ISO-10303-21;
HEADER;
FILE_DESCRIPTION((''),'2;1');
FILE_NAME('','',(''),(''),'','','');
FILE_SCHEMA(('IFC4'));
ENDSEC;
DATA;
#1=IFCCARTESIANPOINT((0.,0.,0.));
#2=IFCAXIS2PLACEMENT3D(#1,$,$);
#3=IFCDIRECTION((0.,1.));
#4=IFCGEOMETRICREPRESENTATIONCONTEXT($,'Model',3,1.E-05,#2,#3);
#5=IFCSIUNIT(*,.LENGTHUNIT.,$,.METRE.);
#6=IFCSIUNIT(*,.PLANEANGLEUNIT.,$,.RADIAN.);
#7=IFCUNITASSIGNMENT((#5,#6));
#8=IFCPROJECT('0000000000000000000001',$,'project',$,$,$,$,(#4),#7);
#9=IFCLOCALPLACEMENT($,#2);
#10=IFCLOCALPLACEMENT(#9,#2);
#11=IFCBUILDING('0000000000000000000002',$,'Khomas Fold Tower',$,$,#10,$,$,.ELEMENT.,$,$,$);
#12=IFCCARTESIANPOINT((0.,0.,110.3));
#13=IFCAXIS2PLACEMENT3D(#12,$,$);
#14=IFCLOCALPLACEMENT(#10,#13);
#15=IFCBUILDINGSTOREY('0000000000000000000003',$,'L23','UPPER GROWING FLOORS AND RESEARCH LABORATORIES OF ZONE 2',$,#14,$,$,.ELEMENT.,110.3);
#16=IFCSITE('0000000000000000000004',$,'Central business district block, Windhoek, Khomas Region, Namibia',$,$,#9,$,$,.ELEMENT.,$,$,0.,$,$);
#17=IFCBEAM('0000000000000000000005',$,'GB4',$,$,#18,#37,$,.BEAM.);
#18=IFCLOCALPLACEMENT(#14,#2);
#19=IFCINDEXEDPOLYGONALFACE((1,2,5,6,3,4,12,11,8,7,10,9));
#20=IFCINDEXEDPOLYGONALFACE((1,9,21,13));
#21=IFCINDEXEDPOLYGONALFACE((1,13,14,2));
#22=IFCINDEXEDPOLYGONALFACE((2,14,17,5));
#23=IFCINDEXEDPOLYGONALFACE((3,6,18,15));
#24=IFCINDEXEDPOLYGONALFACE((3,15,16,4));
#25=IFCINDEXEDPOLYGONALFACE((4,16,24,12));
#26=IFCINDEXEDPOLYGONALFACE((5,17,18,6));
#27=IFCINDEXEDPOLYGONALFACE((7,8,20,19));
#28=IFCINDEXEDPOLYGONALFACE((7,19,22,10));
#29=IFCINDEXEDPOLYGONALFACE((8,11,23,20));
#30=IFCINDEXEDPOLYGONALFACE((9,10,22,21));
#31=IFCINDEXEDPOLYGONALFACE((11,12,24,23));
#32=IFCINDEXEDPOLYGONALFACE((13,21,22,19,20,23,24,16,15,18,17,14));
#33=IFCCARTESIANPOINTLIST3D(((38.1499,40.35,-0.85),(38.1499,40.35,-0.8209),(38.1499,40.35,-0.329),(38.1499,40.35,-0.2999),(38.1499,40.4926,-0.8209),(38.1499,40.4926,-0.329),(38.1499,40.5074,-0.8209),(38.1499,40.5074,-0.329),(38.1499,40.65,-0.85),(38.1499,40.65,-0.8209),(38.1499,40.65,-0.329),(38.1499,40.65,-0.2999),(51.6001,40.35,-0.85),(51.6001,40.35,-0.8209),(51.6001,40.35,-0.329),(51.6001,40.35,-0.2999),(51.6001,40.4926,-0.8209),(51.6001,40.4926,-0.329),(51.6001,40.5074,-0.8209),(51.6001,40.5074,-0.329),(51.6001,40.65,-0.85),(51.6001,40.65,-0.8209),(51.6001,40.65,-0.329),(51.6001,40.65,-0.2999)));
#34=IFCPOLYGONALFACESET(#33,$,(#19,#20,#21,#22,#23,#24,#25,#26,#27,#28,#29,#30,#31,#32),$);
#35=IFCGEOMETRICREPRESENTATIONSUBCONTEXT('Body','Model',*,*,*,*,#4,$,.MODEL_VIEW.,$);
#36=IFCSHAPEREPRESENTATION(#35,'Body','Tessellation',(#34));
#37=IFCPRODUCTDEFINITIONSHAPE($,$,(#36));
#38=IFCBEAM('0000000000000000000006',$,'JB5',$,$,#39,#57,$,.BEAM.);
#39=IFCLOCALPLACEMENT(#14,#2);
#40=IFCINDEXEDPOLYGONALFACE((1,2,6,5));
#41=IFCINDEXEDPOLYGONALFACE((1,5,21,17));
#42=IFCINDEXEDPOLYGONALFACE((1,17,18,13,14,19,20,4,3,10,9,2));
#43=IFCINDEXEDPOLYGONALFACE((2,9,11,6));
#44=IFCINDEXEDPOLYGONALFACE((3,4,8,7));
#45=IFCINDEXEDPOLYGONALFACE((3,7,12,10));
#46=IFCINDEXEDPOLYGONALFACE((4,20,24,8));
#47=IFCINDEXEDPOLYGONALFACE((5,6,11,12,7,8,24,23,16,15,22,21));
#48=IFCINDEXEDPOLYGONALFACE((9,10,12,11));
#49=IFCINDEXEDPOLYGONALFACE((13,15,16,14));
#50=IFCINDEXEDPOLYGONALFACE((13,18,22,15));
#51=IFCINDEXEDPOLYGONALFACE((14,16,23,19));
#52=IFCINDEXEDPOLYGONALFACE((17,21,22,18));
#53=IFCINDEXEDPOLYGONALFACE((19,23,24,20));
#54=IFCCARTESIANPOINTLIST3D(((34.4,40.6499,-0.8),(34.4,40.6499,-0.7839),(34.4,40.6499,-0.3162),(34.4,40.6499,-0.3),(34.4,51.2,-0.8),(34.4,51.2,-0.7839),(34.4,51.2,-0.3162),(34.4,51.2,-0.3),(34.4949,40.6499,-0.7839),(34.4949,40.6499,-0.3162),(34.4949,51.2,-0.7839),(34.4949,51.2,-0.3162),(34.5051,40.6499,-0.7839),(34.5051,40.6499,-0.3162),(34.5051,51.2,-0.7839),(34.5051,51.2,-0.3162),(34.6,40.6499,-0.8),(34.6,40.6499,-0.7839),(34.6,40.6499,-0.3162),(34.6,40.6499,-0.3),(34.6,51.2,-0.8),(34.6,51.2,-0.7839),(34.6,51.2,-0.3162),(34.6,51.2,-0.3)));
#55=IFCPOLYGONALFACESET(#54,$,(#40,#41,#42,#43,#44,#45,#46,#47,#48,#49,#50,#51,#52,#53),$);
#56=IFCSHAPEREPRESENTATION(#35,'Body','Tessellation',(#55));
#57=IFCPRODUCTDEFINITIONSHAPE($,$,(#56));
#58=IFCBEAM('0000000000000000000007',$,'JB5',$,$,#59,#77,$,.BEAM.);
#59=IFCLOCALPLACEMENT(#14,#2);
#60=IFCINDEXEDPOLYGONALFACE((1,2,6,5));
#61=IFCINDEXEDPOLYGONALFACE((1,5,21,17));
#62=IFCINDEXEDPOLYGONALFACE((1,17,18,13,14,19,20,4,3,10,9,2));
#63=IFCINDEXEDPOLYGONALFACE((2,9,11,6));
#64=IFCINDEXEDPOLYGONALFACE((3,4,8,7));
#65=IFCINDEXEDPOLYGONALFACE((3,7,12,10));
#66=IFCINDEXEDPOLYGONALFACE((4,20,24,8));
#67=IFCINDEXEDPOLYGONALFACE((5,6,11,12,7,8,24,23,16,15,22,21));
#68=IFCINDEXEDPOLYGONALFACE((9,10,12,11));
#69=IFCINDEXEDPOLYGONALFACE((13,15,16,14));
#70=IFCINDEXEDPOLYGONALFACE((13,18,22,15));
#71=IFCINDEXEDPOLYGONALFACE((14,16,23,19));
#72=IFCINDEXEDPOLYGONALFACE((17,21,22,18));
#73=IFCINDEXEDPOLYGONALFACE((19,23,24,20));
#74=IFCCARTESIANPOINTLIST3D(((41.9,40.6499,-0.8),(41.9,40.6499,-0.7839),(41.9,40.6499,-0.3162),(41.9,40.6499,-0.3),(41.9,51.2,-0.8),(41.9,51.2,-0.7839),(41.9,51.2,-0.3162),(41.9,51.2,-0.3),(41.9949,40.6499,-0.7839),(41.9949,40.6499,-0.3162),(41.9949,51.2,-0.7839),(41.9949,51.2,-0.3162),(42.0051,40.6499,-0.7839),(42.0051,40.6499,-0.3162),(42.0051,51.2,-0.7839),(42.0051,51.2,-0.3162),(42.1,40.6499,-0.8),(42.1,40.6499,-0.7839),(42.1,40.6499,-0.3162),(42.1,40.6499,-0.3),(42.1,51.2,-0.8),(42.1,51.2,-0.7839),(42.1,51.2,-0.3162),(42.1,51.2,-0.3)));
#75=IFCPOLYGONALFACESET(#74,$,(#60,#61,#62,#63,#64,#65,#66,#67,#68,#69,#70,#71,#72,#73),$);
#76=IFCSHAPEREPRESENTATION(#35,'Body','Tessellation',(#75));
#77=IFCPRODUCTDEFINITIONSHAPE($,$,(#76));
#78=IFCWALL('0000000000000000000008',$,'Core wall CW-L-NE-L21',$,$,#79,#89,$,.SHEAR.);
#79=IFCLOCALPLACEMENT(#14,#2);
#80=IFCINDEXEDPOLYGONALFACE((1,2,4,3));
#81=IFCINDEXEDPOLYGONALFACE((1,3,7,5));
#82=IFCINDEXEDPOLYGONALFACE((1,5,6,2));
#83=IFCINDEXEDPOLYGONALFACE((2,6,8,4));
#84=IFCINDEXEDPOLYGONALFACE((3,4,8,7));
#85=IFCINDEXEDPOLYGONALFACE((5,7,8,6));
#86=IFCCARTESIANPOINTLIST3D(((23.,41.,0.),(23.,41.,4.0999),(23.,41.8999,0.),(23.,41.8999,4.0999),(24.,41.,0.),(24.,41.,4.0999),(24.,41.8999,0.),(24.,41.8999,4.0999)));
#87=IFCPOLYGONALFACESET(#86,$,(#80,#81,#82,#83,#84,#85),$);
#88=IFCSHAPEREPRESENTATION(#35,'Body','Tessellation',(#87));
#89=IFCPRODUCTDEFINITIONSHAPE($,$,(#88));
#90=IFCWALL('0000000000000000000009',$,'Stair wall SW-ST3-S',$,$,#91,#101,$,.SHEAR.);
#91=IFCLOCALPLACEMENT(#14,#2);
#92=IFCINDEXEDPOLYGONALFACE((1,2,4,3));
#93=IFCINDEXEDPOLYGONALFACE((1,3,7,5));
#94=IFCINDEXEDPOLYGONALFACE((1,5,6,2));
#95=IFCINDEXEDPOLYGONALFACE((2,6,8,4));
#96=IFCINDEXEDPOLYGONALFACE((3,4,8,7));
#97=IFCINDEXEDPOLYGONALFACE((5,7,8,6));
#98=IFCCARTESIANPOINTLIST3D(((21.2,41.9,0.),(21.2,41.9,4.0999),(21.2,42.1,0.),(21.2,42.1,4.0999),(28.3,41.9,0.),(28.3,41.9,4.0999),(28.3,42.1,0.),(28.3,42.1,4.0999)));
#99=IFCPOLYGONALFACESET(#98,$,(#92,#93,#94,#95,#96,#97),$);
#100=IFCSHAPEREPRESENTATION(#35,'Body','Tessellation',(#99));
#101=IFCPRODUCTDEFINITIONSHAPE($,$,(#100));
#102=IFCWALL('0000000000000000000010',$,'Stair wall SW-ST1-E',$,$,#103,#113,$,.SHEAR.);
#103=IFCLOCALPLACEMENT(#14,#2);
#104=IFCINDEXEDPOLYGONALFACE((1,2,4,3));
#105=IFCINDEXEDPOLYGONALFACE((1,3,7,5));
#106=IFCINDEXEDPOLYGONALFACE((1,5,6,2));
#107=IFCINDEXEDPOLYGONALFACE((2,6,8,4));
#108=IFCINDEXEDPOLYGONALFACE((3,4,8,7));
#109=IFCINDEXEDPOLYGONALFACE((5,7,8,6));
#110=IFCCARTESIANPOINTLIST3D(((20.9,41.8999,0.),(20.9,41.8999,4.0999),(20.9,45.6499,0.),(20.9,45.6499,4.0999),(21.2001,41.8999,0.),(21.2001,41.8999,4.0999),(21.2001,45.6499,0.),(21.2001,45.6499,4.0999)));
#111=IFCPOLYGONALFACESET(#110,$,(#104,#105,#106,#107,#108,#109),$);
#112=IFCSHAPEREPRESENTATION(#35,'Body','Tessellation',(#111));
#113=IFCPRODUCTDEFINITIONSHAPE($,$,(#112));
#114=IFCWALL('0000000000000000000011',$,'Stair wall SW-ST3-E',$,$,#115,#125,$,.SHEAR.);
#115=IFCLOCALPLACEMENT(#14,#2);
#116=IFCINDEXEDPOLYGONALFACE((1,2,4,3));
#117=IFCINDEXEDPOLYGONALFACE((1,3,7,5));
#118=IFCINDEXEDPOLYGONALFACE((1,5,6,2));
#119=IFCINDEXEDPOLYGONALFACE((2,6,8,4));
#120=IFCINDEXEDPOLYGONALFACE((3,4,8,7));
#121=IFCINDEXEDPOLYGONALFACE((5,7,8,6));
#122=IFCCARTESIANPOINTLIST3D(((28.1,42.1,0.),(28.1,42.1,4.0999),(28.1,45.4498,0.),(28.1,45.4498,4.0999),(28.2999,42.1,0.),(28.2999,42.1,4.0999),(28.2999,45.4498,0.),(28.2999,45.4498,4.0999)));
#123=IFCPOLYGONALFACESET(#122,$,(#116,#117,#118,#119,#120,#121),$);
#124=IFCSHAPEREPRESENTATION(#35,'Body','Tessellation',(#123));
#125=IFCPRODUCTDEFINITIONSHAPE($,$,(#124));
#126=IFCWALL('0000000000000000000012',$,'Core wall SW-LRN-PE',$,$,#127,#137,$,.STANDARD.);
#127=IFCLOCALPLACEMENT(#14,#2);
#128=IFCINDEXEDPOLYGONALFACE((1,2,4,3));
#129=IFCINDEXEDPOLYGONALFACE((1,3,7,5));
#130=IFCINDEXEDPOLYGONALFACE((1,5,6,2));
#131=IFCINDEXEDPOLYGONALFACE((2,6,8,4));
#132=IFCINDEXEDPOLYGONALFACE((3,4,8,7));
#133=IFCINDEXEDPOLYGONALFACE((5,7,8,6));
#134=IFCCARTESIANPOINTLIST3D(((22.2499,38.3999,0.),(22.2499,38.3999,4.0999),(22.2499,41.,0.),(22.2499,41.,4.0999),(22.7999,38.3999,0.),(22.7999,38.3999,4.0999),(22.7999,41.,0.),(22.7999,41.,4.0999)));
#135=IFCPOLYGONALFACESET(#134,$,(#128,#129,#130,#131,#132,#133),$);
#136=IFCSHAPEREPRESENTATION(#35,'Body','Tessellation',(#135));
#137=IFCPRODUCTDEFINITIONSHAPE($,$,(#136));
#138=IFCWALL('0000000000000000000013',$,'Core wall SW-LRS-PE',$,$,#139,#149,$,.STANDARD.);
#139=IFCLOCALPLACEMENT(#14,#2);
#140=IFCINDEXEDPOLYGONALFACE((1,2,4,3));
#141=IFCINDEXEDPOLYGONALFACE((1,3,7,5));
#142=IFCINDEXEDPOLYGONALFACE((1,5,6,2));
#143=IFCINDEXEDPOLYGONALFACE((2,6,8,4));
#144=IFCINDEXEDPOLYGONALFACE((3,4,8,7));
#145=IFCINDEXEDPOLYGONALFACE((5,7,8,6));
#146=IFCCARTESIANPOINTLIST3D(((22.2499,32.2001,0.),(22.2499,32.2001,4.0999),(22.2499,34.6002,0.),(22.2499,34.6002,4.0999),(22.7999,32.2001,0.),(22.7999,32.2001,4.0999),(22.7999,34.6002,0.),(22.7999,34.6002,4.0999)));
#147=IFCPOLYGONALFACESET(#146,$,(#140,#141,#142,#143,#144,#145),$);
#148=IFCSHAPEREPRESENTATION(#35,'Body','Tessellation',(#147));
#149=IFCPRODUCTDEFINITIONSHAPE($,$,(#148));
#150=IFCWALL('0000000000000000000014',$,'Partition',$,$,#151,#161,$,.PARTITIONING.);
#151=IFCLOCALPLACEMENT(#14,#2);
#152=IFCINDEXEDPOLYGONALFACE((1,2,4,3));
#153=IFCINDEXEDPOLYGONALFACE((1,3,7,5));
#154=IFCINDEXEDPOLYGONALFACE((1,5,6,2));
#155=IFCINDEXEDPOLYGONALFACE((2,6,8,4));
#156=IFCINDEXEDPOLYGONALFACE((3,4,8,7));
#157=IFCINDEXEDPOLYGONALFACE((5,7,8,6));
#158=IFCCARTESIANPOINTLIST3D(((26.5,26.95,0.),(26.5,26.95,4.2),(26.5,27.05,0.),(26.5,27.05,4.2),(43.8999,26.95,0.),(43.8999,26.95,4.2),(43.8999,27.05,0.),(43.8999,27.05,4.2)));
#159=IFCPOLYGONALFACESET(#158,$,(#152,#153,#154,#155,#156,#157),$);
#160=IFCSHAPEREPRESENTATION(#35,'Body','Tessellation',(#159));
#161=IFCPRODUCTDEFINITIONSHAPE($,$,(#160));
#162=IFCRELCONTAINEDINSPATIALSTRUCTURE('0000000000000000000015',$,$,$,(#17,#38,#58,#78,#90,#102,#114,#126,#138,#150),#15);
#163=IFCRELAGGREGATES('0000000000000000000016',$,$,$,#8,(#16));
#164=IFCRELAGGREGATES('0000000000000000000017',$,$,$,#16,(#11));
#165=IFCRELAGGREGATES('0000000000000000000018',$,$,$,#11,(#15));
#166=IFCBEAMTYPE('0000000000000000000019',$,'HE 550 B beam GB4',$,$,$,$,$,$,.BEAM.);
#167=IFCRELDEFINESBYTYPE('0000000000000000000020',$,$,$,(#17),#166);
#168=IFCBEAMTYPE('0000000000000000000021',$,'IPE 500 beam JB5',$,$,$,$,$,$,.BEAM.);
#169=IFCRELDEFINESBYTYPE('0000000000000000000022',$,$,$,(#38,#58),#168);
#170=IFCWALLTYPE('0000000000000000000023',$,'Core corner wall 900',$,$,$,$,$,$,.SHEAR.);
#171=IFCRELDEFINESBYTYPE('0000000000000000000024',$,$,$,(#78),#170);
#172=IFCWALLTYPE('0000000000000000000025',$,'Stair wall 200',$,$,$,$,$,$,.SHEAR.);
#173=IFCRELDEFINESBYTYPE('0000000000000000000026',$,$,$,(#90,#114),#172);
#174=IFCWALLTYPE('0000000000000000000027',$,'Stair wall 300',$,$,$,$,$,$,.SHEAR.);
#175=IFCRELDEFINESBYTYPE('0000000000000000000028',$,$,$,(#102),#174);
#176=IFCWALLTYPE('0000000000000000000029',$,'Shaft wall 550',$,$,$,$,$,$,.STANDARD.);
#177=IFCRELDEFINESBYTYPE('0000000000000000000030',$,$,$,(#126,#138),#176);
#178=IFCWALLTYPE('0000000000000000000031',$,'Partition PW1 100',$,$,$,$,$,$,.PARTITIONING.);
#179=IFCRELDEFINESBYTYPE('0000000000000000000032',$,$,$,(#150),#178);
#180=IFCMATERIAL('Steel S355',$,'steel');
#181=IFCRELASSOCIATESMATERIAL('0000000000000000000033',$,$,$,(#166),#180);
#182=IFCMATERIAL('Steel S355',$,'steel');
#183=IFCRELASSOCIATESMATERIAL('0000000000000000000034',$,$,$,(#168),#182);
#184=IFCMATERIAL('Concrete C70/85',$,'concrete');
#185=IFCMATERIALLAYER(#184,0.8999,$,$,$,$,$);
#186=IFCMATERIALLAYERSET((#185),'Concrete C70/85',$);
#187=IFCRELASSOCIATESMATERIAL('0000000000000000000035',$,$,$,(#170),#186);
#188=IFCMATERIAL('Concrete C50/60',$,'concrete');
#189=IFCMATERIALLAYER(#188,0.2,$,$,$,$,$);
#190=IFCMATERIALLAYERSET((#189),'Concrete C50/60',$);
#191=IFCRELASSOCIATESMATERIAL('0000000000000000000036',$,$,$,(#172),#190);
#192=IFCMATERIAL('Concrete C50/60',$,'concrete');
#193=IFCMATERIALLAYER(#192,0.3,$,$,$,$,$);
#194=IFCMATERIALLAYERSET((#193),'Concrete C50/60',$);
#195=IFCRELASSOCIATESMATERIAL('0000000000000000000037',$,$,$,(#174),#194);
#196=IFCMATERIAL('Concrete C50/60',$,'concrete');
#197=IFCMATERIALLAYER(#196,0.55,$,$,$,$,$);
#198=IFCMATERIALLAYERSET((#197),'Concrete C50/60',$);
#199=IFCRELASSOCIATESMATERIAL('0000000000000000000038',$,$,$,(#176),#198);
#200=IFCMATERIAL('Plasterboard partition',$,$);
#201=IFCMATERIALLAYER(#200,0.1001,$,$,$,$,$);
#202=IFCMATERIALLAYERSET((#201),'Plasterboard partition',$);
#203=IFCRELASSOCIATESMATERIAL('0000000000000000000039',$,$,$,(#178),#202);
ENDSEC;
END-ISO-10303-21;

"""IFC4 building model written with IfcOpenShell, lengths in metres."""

from ifc_helpers import new_model, si_unit, direction, frame, frame_2d, origin, origin_2d, place, context, subcontext, project, spatial, rectangle, i_section, extrude, source, transform, mapped, material, layer, layer_set, material_profile, profile_set, type_object, element, save


model = new_model("IFC4")

# Units and contexts
model_context = context("Model", 3, precision=1e-05, world=origin(), true_north=direction((0.0, 1.0)))
body_context = subcontext(model_context, "Body", "Model", "MODEL_VIEW")
ifc_project = project(units=[si_unit("LENGTHUNIT", "METRE"), si_unit("PLANEANGLEUNIT", "RADIAN")], contexts=[model_context])

# Site, building, storey
site_placement = place(None, origin())
site = spatial("IfcSite", under=ifc_project, at=site_placement, Name="Central business district block, Windhoek, Khomas Region, Namibia", CompositionType="ELEMENT", RefElevation=0.0)
building_placement = place(site_placement, origin())
building = spatial("IfcBuilding", under=site, at=building_placement, Name="Khomas Fold Tower", CompositionType="ELEMENT")
storey_placement = place(building_placement, frame((0.0, 0.0, 110.3)))
storey = spatial("IfcBuildingStorey", under=building, at=storey_placement, Name="L23", Description="UPPER GROWING FLOORS AND RESEARCH LABORATORIES OF ZONE 2", CompositionType="ELEMENT", Elevation=110.3)

# Beams
ifc_material_1 = material(Name="Steel S355", Category="steel")
ifc_material_profile_1 = material_profile(ifc_material_1, i_section(OverallWidth=0.3, OverallDepth=0.55, WebThickness=0.0149, FlangeThickness=0.0291, at=origin_2d()), Name="HE 550 B")
ifc_profile_set_1 = profile_set([ifc_material_profile_1], Name="Steel S355")
beam_type_1 = type_object("IfcBeamType", Name="HE 550 B beam GB4", PredefinedType="BEAM", material=ifc_profile_set_1)
shared_shape_1 = source(origin(), body_context, "Body", "SweptSolid", [
    extrude(i_section(OverallWidth=0.3, OverallDepth=0.55, WebThickness=0.0149, FlangeThickness=0.0291, at=origin_2d()), origin(), (0.0, 0.0, 1.0), 13.4502),
])
for number, where, z_axis, x_axis, name in (
    (1, (38.1499, 40.5, -0.575), (1.0, 0.0, 0.0), (0.0, 1.0, 0.0), "GB4"),
):
    element("IfcBeam", number, at=place(storey_placement, frame(where, z_axis=z_axis, x_axis=x_axis)), inside=storey, type_object=beam_type_1, Name=name, PredefinedType="BEAM", context=body_context, shape_type="MappedRepresentation", body=[
        mapped(shared_shape_1, transform((0.0, 0.0, 0.0))),
    ])
ifc_material_2 = material(Name="Steel S355", Category="steel")
ifc_material_profile_2 = material_profile(ifc_material_2, i_section(OverallWidth=0.2, OverallDepth=0.5, WebThickness=0.0103, FlangeThickness=0.0161, at=origin_2d()), Name="IPE 500")
ifc_profile_set_2 = profile_set([ifc_material_profile_2], Name="Steel S355")
beam_type_2 = type_object("IfcBeamType", Name="IPE 500 beam JB5", PredefinedType="BEAM", material=ifc_profile_set_2)
shared_shape_2 = source(origin(), body_context, "Body", "SweptSolid", [
    extrude(i_section(OverallWidth=0.2, OverallDepth=0.5, WebThickness=0.0103, FlangeThickness=0.0161, at=origin_2d()), origin(), (0.0, 0.0, 1.0), 10.55),
])
for number, where, z_axis, x_axis, name in (
    (2, (34.5, 40.6499, -0.55), (0.0, 1.0, 0.0), (-1.0, 0.0, 0.0), "JB5"),
    (3, (42.0, 40.6499, -0.55), (0.0, 1.0, 0.0), (-1.0, 0.0, 0.0), "JB5"),
):
    element("IfcBeam", number, at=place(storey_placement, frame(where, z_axis=z_axis, x_axis=x_axis)), inside=storey, type_object=beam_type_2, Name=name, PredefinedType="BEAM", context=body_context, shape_type="MappedRepresentation", body=[
        mapped(shared_shape_2, transform((0.0, 0.0, 0.0))),
    ])

# Walls
ifc_material_3 = material(Name="Concrete C70/85", Category="concrete")
ifc_layer_1 = layer(ifc_material_3, 0.8999)
ifc_layer_set_1 = layer_set([ifc_layer_1], Name="Concrete C70/85")
wall_type_1 = type_object("IfcWallType", Name="Core corner wall 900", PredefinedType="SHEAR", material=ifc_layer_set_1)
shared_shape_3 = source(origin(), body_context, "Body", "SweptSolid", [
    extrude(rectangle(XDim=1.0, YDim=0.8999, at=frame_2d((0.5, 0.0))), origin(), (0.0, 0.0, 1.0), 4.0999),
])
wall_1_placement = place(storey_placement, frame((23.0, 41.45, 0.0), z_axis=(0.0, 0.0, 1.0), x_axis=(1.0, 0.0, 0.0)))
element("IfcWall", 4, at=wall_1_placement, inside=storey, type_object=wall_type_1, Name="Core wall CW-L-NE-L21", PredefinedType="SHEAR", context=body_context, shape_type="MappedRepresentation", body=[
    mapped(shared_shape_3, transform((0.0, 0.0, 0.0))),
])
ifc_material_4 = material(Name="Concrete C50/60", Category="concrete")
ifc_layer_2 = layer(ifc_material_4, 0.2)
ifc_layer_set_2 = layer_set([ifc_layer_2], Name="Concrete C50/60")
wall_type_2 = type_object("IfcWallType", Name="Stair wall 200", PredefinedType="SHEAR", material=ifc_layer_set_2)
shared_shape_4 = source(origin(), body_context, "Body", "SweptSolid", [
    extrude(rectangle(XDim=7.1001, YDim=0.2, at=frame_2d((3.55, 0.0))), origin(), (0.0, 0.0, 1.0), 4.0999),
])
wall_2_placement = place(storey_placement, frame((21.2, 42.0, 0.0), z_axis=(0.0, 0.0, 1.0), x_axis=(1.0, 0.0, 0.0)))
element("IfcWall", 5, at=wall_2_placement, inside=storey, type_object=wall_type_2, Name="Stair wall SW-ST3-S", PredefinedType="SHEAR", context=body_context, shape_type="MappedRepresentation", body=[
    mapped(shared_shape_4, transform((0.0, 0.0, 0.0))),
])
ifc_material_5 = material(Name="Concrete C50/60", Category="concrete")
ifc_layer_3 = layer(ifc_material_5, 0.3)
ifc_layer_set_3 = layer_set([ifc_layer_3], Name="Concrete C50/60")
wall_type_3 = type_object("IfcWallType", Name="Stair wall 300", PredefinedType="SHEAR", material=ifc_layer_set_3)
shared_shape_5 = source(origin(), body_context, "Body", "SweptSolid", [
    extrude(rectangle(XDim=3.75, YDim=0.3, at=frame_2d((1.875, 0.0))), origin(), (0.0, 0.0, 1.0), 4.0999),
])
wall_3_placement = place(storey_placement, frame((21.05, 41.8999, 0.0), z_axis=(0.0, 0.0, 1.0), x_axis=(0.0, 1.0, 0.0)))
element("IfcWall", 6, at=wall_3_placement, inside=storey, type_object=wall_type_3, Name="Stair wall SW-ST1-E", PredefinedType="SHEAR", context=body_context, shape_type="MappedRepresentation", body=[
    mapped(shared_shape_5, transform((0.0, 0.0, 0.0))),
])
shared_shape_6 = source(origin(), body_context, "Body", "SweptSolid", [
    extrude(rectangle(XDim=3.3499, YDim=0.2, at=frame_2d((1.6748, 0.0))), origin(), (0.0, 0.0, 1.0), 4.0999),
])
wall_4_placement = place(storey_placement, frame((28.2, 42.1001, 0.0), z_axis=(0.0, 0.0, 1.0), x_axis=(0.0, 1.0, 0.0)))
element("IfcWall", 7, at=wall_4_placement, inside=storey, type_object=wall_type_2, Name="Stair wall SW-ST3-E", PredefinedType="SHEAR", context=body_context, shape_type="MappedRepresentation", body=[
    mapped(shared_shape_6, transform((0.0, 0.0, 0.0))),
])
ifc_material_6 = material(Name="Concrete C50/60", Category="concrete")
ifc_layer_4 = layer(ifc_material_6, 0.55)
ifc_layer_set_4 = layer_set([ifc_layer_4], Name="Concrete C50/60")
wall_type_4 = type_object("IfcWallType", Name="Shaft wall 550", PredefinedType="STANDARD", material=ifc_layer_set_4)
shared_shape_7 = source(origin(), body_context, "Body", "SweptSolid", [
    extrude(rectangle(XDim=2.6001, YDim=0.55, at=frame_2d((1.3, 0.0))), origin(), (0.0, 0.0, 1.0), 4.0999),
])
wall_5_placement = place(storey_placement, frame((22.5249, 38.3999, 0.0), z_axis=(0.0, 0.0, 1.0), x_axis=(0.0, 1.0, 0.0)))
element("IfcWall", 8, at=wall_5_placement, inside=storey, type_object=wall_type_4, Name="Core wall SW-LRN-PE", PredefinedType="STANDARD", context=body_context, shape_type="MappedRepresentation", body=[
    mapped(shared_shape_7, transform((0.0, 0.0, 0.0))),
])
shared_shape_8 = source(origin(), body_context, "Body", "SweptSolid", [
    extrude(rectangle(XDim=2.4001, YDim=0.55, at=frame_2d((1.2002, 0.0))), origin(), (0.0, 0.0, 1.0), 4.0999),
])
wall_6_placement = place(storey_placement, frame((22.5249, 32.2, 0.0), z_axis=(0.0, 0.0, 1.0), x_axis=(0.0, 1.0, 0.0)))
element("IfcWall", 9, at=wall_6_placement, inside=storey, type_object=wall_type_4, Name="Core wall SW-LRS-PE", PredefinedType="STANDARD", context=body_context, shape_type="MappedRepresentation", body=[
    mapped(shared_shape_8, transform((0.0, 0.0, 0.0))),
])
ifc_material_7 = material(Name="Plasterboard partition")
ifc_layer_5 = layer(ifc_material_7, 0.1001)
ifc_layer_set_5 = layer_set([ifc_layer_5], Name="Plasterboard partition")
wall_type_5 = type_object("IfcWallType", Name="Partition PW1 100", PredefinedType="PARTITIONING", material=ifc_layer_set_5)
shared_shape_9 = source(origin(), body_context, "Body", "SweptSolid", [
    extrude(rectangle(XDim=17.3999, YDim=0.1001, at=frame_2d((8.7, 0.0))), origin(), (0.0, 0.0, 1.0), 4.2),
])
wall_7_placement = place(storey_placement, frame((26.5, 27.0, 0.0), z_axis=(0.0, 0.0, 1.0), x_axis=(1.0, 0.0, 0.0)))
element("IfcWall", 10, at=wall_7_placement, inside=storey, type_object=wall_type_5, Name="Partition", PredefinedType="PARTITIONING", context=body_context, shape_type="MappedRepresentation", body=[
    mapped(shared_shape_9, transform((0.0, 0.0, 0.0))),
])

save(model, "model.ifc")
